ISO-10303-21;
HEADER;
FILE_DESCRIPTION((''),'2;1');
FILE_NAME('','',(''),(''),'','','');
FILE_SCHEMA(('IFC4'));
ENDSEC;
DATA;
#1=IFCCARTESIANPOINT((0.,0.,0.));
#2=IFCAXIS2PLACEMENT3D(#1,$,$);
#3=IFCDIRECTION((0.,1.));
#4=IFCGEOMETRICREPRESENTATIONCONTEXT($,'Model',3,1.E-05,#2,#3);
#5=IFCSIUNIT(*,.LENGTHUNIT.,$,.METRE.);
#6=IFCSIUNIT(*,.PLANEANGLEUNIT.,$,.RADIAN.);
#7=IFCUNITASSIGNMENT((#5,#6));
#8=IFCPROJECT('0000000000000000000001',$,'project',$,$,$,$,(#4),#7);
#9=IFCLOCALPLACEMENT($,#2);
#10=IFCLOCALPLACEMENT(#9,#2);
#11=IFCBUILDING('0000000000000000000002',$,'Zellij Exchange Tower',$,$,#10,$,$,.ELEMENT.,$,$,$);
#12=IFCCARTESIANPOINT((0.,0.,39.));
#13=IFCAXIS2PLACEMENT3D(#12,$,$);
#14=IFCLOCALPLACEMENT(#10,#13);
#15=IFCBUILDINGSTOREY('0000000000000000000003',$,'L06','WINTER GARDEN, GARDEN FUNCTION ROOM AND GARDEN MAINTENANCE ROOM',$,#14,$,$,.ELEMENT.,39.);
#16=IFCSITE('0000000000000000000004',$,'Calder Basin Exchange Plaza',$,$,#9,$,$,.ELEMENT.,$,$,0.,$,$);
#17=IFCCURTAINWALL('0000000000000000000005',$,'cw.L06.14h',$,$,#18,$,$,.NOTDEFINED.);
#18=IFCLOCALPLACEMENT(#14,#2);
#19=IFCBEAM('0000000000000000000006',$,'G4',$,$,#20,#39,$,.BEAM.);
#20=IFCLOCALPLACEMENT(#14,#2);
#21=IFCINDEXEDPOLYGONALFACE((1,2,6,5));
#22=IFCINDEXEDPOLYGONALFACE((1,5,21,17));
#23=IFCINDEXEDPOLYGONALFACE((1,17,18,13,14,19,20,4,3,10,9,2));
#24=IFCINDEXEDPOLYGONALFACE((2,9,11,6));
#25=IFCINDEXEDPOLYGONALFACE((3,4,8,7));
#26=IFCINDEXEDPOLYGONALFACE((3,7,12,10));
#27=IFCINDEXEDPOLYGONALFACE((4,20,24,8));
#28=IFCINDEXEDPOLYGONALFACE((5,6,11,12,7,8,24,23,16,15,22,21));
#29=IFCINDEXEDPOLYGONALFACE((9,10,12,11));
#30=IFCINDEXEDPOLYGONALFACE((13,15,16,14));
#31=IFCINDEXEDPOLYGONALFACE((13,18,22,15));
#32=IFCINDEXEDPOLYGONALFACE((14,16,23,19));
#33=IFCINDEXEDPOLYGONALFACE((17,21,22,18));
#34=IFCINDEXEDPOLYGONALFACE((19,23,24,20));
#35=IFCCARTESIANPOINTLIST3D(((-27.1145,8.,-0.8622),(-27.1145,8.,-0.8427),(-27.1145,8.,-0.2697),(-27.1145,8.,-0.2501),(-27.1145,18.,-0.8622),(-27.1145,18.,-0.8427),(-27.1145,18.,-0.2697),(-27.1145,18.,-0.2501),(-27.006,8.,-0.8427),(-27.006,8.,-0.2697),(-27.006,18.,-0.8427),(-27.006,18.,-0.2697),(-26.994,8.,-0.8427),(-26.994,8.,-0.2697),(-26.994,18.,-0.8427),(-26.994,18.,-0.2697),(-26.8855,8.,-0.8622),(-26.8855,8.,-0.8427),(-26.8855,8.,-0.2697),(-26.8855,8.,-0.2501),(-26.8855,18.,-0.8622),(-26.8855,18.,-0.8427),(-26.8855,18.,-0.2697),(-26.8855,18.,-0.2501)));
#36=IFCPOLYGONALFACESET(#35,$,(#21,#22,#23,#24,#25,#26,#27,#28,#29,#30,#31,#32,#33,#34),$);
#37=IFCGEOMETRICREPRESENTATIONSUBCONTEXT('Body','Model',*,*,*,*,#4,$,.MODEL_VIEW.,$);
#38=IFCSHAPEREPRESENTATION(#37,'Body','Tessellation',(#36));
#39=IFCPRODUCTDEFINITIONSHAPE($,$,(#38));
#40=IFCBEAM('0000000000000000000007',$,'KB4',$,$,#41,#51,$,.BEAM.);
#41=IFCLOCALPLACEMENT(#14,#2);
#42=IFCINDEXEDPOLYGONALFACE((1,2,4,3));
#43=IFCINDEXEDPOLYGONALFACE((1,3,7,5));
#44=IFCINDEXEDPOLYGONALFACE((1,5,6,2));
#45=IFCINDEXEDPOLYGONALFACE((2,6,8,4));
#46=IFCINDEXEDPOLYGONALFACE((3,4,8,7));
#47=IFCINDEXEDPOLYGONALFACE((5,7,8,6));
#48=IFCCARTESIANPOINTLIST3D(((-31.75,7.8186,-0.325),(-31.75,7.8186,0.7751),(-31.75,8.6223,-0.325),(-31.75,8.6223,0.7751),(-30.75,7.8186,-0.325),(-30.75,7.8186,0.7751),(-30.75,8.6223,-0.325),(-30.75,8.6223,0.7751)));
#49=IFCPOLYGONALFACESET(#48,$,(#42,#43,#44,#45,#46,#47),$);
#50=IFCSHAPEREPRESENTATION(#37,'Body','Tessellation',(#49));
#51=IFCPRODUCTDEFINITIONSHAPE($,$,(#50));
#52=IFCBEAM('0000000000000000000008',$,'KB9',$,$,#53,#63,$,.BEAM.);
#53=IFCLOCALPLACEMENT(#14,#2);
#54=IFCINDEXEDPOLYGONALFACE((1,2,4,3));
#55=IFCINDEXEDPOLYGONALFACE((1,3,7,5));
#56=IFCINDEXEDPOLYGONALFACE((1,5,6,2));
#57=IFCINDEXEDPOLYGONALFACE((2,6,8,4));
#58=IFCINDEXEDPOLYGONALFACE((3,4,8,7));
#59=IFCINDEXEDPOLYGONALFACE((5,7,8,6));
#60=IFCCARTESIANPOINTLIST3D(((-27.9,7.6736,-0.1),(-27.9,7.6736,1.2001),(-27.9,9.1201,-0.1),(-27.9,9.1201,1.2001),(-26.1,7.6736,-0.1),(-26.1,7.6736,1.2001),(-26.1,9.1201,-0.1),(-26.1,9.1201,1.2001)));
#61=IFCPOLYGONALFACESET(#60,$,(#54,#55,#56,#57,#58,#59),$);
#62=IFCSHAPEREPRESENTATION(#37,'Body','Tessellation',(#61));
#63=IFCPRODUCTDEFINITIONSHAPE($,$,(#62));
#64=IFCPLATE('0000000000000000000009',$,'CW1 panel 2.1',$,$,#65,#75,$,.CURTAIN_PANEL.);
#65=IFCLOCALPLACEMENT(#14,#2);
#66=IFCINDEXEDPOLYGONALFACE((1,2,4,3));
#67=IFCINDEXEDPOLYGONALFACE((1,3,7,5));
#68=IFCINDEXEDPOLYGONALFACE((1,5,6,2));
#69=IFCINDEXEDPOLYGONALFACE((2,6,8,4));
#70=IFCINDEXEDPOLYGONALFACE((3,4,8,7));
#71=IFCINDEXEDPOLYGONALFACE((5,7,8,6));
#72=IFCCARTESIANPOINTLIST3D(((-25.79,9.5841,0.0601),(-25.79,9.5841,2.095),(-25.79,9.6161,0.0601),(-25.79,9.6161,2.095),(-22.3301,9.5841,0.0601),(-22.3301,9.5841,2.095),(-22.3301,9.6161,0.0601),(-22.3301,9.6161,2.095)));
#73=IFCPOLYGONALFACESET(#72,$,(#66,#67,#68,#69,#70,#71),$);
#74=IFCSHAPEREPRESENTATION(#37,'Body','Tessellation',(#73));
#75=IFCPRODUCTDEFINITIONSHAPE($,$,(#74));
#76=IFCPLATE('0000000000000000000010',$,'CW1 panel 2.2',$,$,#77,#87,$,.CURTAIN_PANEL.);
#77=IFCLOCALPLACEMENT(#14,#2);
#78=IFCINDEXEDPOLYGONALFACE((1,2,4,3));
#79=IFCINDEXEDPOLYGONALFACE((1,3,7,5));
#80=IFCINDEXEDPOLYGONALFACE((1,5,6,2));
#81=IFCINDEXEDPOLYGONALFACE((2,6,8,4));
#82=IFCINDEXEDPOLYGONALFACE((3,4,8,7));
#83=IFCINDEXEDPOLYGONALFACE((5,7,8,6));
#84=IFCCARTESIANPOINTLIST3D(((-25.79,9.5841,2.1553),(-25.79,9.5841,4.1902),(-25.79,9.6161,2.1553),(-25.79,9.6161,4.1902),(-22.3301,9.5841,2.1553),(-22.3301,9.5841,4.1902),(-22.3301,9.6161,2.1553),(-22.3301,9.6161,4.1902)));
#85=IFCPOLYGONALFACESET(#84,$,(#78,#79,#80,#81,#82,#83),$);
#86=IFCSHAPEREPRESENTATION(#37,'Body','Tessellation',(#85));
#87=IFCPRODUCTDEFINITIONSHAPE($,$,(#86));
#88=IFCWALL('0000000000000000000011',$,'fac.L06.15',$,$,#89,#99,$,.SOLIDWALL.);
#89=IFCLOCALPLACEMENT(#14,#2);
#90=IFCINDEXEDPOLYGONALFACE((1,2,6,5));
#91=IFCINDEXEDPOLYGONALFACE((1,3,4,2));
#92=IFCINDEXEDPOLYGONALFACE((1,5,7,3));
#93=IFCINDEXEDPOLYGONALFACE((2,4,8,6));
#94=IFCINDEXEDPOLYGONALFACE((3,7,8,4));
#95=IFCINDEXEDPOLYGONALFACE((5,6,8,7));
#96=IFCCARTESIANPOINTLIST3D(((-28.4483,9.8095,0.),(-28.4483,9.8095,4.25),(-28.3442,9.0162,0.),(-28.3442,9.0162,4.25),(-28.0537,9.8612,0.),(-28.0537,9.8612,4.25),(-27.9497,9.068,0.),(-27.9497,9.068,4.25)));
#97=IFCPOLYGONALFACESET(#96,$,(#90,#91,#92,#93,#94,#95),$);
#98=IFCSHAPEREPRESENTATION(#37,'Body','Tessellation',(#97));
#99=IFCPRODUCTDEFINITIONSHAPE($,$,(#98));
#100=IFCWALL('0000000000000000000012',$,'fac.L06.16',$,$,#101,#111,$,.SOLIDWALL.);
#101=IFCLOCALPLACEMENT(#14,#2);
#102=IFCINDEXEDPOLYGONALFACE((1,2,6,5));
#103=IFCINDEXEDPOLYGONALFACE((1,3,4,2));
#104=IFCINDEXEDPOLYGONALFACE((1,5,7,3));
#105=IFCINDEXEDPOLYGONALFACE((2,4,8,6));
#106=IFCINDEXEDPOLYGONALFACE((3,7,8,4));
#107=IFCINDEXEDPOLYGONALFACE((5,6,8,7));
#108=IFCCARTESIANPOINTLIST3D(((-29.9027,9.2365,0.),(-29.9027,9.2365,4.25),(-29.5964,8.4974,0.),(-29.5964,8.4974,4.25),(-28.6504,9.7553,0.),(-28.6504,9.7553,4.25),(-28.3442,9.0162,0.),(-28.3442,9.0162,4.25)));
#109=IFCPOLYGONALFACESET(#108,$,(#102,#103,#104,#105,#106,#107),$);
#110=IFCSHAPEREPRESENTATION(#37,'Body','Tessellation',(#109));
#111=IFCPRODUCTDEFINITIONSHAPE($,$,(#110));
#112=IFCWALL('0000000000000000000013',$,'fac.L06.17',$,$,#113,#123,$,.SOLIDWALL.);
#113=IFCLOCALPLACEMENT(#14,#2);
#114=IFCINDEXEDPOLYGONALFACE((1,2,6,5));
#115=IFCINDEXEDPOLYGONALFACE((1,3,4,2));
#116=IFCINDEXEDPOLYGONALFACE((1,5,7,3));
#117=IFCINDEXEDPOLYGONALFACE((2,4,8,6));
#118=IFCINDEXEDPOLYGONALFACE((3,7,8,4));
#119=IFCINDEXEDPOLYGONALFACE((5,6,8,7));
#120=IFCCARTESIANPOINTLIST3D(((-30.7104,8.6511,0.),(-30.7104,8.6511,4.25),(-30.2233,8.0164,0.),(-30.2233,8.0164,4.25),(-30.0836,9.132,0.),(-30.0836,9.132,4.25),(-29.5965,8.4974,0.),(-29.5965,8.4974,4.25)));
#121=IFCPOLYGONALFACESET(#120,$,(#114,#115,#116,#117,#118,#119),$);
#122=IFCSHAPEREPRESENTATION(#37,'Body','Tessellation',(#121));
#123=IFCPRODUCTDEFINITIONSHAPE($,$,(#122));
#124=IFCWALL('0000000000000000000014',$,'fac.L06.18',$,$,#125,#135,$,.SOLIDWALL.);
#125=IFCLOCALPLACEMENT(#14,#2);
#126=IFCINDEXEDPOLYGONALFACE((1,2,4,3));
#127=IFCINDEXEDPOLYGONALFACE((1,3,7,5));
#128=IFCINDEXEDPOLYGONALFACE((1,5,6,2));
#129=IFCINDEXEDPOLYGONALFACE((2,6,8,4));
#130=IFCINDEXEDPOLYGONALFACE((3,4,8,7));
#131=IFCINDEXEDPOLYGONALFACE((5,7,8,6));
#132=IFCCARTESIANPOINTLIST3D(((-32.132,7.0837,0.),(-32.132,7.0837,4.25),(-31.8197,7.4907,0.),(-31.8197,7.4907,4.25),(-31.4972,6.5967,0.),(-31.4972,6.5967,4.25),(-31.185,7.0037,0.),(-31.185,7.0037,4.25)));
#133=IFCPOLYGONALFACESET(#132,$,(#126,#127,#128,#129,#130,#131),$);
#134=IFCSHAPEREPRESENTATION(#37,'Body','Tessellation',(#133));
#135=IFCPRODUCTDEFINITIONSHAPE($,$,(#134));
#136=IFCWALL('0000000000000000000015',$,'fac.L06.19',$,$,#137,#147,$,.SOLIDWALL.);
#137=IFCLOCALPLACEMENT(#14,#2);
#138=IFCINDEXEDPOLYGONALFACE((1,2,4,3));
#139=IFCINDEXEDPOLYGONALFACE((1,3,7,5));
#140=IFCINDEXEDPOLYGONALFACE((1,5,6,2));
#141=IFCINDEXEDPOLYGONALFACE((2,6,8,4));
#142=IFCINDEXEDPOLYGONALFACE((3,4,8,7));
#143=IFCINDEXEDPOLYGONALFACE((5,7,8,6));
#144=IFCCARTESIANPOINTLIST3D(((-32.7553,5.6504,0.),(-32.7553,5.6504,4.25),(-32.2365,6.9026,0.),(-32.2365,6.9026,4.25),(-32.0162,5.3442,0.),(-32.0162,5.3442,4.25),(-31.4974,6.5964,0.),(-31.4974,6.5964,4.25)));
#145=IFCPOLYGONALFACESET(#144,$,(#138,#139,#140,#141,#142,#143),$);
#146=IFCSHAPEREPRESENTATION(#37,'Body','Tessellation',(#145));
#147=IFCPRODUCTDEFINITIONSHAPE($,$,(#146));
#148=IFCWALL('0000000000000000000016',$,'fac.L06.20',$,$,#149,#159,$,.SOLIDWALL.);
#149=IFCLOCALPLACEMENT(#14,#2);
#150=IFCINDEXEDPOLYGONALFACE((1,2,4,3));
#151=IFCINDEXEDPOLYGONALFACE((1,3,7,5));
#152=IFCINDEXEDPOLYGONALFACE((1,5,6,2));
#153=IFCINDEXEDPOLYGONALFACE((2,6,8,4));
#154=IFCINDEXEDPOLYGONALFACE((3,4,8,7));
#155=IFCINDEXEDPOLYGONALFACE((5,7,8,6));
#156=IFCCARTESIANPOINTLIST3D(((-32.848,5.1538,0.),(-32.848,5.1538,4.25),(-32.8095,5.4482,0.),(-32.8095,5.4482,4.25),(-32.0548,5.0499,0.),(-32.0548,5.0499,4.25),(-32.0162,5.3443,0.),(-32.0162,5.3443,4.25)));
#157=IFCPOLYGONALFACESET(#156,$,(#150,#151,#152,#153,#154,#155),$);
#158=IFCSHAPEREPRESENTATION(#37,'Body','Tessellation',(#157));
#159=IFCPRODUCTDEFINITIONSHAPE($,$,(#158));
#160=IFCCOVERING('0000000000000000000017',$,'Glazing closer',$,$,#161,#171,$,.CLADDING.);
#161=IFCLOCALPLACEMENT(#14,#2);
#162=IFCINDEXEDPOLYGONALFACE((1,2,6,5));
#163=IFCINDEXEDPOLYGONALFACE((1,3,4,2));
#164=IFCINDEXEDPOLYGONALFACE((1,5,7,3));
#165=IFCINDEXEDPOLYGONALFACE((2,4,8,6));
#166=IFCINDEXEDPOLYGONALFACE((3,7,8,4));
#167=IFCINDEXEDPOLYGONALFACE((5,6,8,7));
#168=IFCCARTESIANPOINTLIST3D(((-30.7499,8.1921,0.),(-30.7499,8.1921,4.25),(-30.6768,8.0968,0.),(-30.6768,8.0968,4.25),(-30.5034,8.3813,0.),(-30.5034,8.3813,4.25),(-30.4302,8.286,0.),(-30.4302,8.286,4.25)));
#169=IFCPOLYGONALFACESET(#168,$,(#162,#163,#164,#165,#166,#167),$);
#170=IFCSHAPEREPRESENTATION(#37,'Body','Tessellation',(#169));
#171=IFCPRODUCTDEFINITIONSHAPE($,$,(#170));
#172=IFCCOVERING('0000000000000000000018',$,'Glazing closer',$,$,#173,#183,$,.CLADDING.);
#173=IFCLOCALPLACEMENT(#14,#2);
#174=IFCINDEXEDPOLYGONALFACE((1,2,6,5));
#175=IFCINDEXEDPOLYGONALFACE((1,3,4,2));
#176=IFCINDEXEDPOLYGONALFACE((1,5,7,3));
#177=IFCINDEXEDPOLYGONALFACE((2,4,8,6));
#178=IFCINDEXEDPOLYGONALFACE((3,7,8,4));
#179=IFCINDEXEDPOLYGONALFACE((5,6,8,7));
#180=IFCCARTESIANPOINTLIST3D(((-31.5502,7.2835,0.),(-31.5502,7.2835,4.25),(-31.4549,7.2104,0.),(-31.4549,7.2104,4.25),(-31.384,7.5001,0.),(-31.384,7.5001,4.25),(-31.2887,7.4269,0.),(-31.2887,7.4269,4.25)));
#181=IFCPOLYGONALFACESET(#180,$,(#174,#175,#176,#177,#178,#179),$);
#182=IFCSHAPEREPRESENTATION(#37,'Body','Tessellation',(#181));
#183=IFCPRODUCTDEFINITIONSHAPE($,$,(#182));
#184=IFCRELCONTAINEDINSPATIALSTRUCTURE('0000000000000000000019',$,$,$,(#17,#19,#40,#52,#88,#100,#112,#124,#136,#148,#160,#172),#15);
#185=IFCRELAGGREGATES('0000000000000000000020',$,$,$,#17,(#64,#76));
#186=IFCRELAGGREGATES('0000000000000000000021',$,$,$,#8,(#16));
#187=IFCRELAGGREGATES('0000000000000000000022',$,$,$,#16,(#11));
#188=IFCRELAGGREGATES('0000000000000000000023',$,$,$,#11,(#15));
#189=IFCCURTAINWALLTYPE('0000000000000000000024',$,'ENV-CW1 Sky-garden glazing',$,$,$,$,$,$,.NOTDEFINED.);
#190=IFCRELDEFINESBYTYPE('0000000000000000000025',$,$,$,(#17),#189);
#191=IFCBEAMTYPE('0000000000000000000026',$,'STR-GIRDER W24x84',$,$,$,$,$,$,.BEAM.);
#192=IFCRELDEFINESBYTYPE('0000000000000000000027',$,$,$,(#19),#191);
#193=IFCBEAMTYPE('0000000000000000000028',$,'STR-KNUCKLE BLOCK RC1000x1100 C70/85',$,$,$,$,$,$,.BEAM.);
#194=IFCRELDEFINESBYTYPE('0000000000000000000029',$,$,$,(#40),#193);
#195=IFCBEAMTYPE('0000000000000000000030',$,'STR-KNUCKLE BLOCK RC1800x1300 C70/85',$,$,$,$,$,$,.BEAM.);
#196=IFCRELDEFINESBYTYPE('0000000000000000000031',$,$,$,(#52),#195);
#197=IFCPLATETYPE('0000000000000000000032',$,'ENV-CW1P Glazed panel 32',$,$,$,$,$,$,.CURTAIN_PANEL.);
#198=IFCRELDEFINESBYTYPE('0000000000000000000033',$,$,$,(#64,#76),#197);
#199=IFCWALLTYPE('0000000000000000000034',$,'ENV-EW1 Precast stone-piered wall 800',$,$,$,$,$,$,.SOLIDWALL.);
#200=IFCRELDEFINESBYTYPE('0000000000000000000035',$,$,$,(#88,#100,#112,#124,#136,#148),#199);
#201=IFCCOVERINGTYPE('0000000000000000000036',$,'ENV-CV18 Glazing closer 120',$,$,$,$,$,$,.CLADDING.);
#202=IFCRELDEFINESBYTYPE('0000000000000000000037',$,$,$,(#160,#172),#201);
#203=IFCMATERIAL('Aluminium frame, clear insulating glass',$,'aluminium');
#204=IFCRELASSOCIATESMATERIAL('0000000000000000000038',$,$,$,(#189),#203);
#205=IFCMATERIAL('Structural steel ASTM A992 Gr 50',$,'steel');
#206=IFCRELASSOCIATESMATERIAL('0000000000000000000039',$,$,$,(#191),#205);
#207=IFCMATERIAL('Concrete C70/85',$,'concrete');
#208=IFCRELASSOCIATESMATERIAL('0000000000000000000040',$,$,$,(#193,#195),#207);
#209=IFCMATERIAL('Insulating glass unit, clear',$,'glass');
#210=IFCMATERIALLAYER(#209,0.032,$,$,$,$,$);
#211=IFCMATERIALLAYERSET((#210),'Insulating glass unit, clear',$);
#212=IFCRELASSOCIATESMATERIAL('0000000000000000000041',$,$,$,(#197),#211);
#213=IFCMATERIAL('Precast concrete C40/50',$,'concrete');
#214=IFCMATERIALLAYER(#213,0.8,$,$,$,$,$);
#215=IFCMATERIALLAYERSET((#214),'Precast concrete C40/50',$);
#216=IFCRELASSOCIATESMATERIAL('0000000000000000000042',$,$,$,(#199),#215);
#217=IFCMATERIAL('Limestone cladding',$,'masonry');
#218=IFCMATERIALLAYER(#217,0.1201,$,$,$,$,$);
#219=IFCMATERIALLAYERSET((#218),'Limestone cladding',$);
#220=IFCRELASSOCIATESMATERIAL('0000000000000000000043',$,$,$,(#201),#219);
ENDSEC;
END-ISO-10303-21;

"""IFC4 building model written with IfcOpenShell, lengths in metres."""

from ifc_helpers import new_model, si_unit, direction, frame, frame_2d, origin, origin_2d, place, context, subcontext, project, spatial, rectangle, i_section, extrude, material, layer, layer_set, material_profile, profile_set, type_object, element, aggregate, save


model = new_model("IFC4")

# Units and contexts
model_context = context("Model", 3, precision=1e-05, world=origin(), true_north=direction((0.0, 1.0)))
body_context = subcontext(model_context, "Body", "Model", "MODEL_VIEW")
ifc_project = project(units=[si_unit("LENGTHUNIT", "METRE"), si_unit("PLANEANGLEUNIT", "RADIAN")], contexts=[model_context])

# Site, building, storey
site_placement = place(None, origin())
site = spatial("IfcSite", under=ifc_project, at=site_placement, Name="Calder Basin Exchange Plaza", CompositionType="ELEMENT", RefElevation=0.0)
building_placement = place(site_placement, origin())
building = spatial("IfcBuilding", under=site, at=building_placement, Name="Zellij Exchange Tower", CompositionType="ELEMENT")
storey_placement = place(building_placement, frame((0.0, 0.0, 39.0)))
storey = spatial("IfcBuildingStorey", under=building, at=storey_placement, Name="L06", Description="WINTER GARDEN, GARDEN FUNCTION ROOM AND GARDEN MAINTENANCE ROOM", CompositionType="ELEMENT", Elevation=39.0)

# Shared definitions
ifc_material_1 = material(Name="Concrete C70/85", Category="concrete")

# Curtain wall
ifc_material_2 = material(Name="Aluminium frame, clear insulating glass", Category="aluminium")
curtain_wall_type = type_object("IfcCurtainWallType", Name="ENV-CW1 Sky-garden glazing", PredefinedType="NOTDEFINED", material=ifc_material_2)
curtain_wall_1_placement = place(storey_placement, origin())
curtain_wall_1 = element("IfcCurtainWall", 1, at=curtain_wall_1_placement, inside=storey, type_object=curtain_wall_type, Name="cw.L06.14h", PredefinedType="NOTDEFINED")

# Beams
ifc_material_3 = material(Name="Structural steel ASTM A992 Gr 50", Category="steel")
ifc_material_profile_1 = material_profile(ifc_material_3, i_section(OverallWidth=0.229, OverallDepth=0.6121, WebThickness=0.012, FlangeThickness=0.0195, at=origin_2d()), Name="W24x84")
ifc_profile_set_1 = profile_set([ifc_material_profile_1], Name="Structural steel ASTM A992 Gr 50")
beam_type_1 = type_object("IfcBeamType", Name="STR-GIRDER W24x84", PredefinedType="BEAM", material=ifc_profile_set_1)
beam_1_placement = place(storey_placement, frame((-27.0, 8.0, -0.5562), z_axis=(0.0, 1.0, 0.0), x_axis=(-1.0, 0.0, 0.0)))
element("IfcBeam", 2, at=beam_1_placement, inside=storey, type_object=beam_type_1, Name="G4", PredefinedType="BEAM", context=body_context, shape_type="SweptSolid", body=[
    extrude(i_section(OverallWidth=0.229, OverallDepth=0.6121, WebThickness=0.012, FlangeThickness=0.0195, at=origin_2d()), origin(), (0.0, 0.0, 1.0), 10.0),
])
ifc_material_profile_2 = material_profile(ifc_material_1, rectangle(XDim=1.0, YDim=1.1001, at=origin_2d()), Name="STR-KNUCKLE BLOCK RC1000x1100 C70/85")
ifc_profile_set_2 = profile_set([ifc_material_profile_2], Name="Concrete C70/85")
beam_type_2 = type_object("IfcBeamType", Name="STR-KNUCKLE BLOCK RC1000x1100 C70/85", PredefinedType="BEAM", material=ifc_profile_set_2)
beam_2_placement = place(storey_placement, frame((-31.25, 7.8186, 0.2251), z_axis=(0.0, 1.0, 0.0), x_axis=(-1.0, 0.0, 0.0)))
element("IfcBeam", 3, at=beam_2_placement, inside=storey, type_object=beam_type_2, Name="KB4", PredefinedType="BEAM", context=body_context, shape_type="SweptSolid", body=[
    extrude(rectangle(XDim=1.0, YDim=1.1001, at=origin_2d()), origin(), (0.0, 0.0, 1.0), 0.8037),
])
ifc_material_profile_3 = material_profile(ifc_material_1, rectangle(XDim=1.8, YDim=1.3, at=origin_2d()), Name="STR-KNUCKLE BLOCK RC1800x1300 C70/85")
ifc_profile_set_3 = profile_set([ifc_material_profile_3], Name="Concrete C70/85")
beam_type_3 = type_object("IfcBeamType", Name="STR-KNUCKLE BLOCK RC1800x1300 C70/85", PredefinedType="BEAM", material=ifc_profile_set_3)
beam_3_placement = place(storey_placement, frame((-27.0, 7.6736, 0.55), z_axis=(0.0, 1.0, 0.0), x_axis=(-1.0, 0.0, 0.0)))
element("IfcBeam", 4, at=beam_3_placement, inside=storey, type_object=beam_type_3, Name="KB9", PredefinedType="BEAM", context=body_context, shape_type="SweptSolid", body=[
    extrude(rectangle(XDim=1.8, YDim=1.3, at=origin_2d()), origin(), (0.0, 0.0, 1.0), 1.4465),
])

# Plates
ifc_material_4 = material(Name="Insulating glass unit, clear", Category="glass")
ifc_layer_1 = layer(ifc_material_4, 0.032)
ifc_layer_set_1 = layer_set([ifc_layer_1], Name="Insulating glass unit, clear")
plate_type = type_object("IfcPlateType", Name="ENV-CW1P Glazed panel 32", PredefinedType="CURTAIN_PANEL", material=ifc_layer_set_1)
plate_1_placement = place(storey_placement, frame((-24.0601, 9.6001, 0.0601), z_axis=(0.0, 0.0, 1.0), x_axis=(-1.0, 0.0, 0.0)))
plate_1 = element("IfcPlate", 5, at=plate_1_placement, type_object=plate_type, Name="CW1 panel 2.1", PredefinedType="CURTAIN_PANEL", context=body_context, shape_type="SweptSolid", body=[
    extrude(rectangle(XDim=3.46, YDim=0.032, at=origin_2d()), origin(), (0.0, 0.0, 1.0), 2.0349),
])
plate_2_placement = place(storey_placement, frame((-24.0601, 9.6001, 2.1553), z_axis=(0.0, 0.0, 1.0), x_axis=(-1.0, 0.0, 0.0)))
plate_2 = element("IfcPlate", 6, at=plate_2_placement, type_object=plate_type, Name="CW1 panel 2.2", PredefinedType="CURTAIN_PANEL", context=body_context, shape_type="SweptSolid", body=[
    extrude(rectangle(XDim=3.46, YDim=0.032, at=origin_2d()), origin(), (0.0, 0.0, 1.0), 2.0349),
])
aggregate(curtain_wall_1, [plate_1, plate_2])

# Walls
ifc_material_5 = material(Name="Precast concrete C40/50", Category="concrete")
ifc_layer_2 = layer(ifc_material_5, 0.8)
ifc_layer_set_2 = layer_set([ifc_layer_2], Name="Precast concrete C40/50")
wall_type = type_object("IfcWallType", Name="ENV-EW1 Precast stone-piered wall 800", PredefinedType="SOLIDWALL", material=ifc_layer_set_2)
wall_1_placement = place(storey_placement, frame((-28.0017, 9.4646, 0.0), z_axis=(0.0, 0.0, 1.0), x_axis=(-0.991504, -0.130074, 0.0)))
element("IfcWall", 7, at=wall_1_placement, inside=storey, type_object=wall_type, Name="fac.L06.15", PredefinedType="SOLIDWALL", context=body_context, shape_type="SweptSolid", body=[
    extrude(rectangle(XDim=0.3979, YDim=0.8, at=frame_2d((0.199, 0.0))), origin(), (0.0, 0.0, 1.0), 4.25),
])
wall_2_placement = place(storey_placement, frame((-28.4973, 9.3857, 0.0), z_axis=(0.0, 0.0, 1.0), x_axis=(-0.923848, -0.38276, 0.0)))
element("IfcWall", 8, at=wall_2_placement, inside=storey, type_object=wall_type, Name="fac.L06.16", PredefinedType="SOLIDWALL", context=body_context, shape_type="SweptSolid", body=[
    extrude(rectangle(XDim=1.3555, YDim=0.8, at=frame_2d((0.6777, 0.0))), origin(), (0.0, 0.0, 1.0), 4.25),
])
wall_3_placement = place(storey_placement, frame((-29.8401, 8.8147, 0.0), z_axis=(0.0, 0.0, 1.0), x_axis=(-0.793313, -0.608814, 0.0)))
element("IfcWall", 9, at=wall_3_placement, inside=storey, type_object=wall_type, Name="fac.L06.17", PredefinedType="SOLIDWALL", context=body_context, shape_type="SweptSolid", body=[
    extrude(rectangle(XDim=0.79, YDim=0.8, at=frame_2d((0.395, 0.0))), origin(), (0.0, 0.0, 1.0), 4.25),
])
wall_4_placement = place(storey_placement, frame((-31.5024, 7.2471, 0.0), z_axis=(0.0, 0.0, 1.0), x_axis=(-0.608721, -0.793384, 0.0)))
element("IfcWall", 10, at=wall_4_placement, inside=storey, type_object=wall_type, Name="fac.L06.18", PredefinedType="SOLIDWALL", context=body_context, shape_type="SweptSolid", body=[
    extrude(rectangle(XDim=0.5129, YDim=0.8, at=frame_2d((0.2563, 0.0))), origin(), (0.0, 0.0, 1.0), 4.25),
])
wall_5_placement = place(storey_placement, frame((-31.8669, 6.7495, 0.0), z_axis=(0.0, 0.0, 1.0), x_axis=(-0.38276, -0.923848, 0.0)))
element("IfcWall", 11, at=wall_5_placement, inside=storey, type_object=wall_type, Name="fac.L06.19", PredefinedType="SOLIDWALL", context=body_context, shape_type="SweptSolid", body=[
    extrude(rectangle(XDim=1.3555, YDim=0.8, at=frame_2d((0.6777, 0.0))), origin(), (0.0, 0.0, 1.0), 4.25),
])
wall_6_placement = place(storey_placement, frame((-32.4128, 5.3962, 0.0), z_axis=(0.0, 0.0, 1.0), x_axis=(-0.129902, -0.991527, 0.0)))
element("IfcWall", 12, at=wall_6_placement, inside=storey, type_object=wall_type, Name="fac.L06.20", PredefinedType="SOLIDWALL", context=body_context, shape_type="SweptSolid", body=[
    extrude(rectangle(XDim=0.2969, YDim=0.8, at=frame_2d((0.1484, 0.0))), origin(), (0.0, 0.0, 1.0), 4.25),
])

# Coverings
ifc_material_6 = material(Name="Limestone cladding", Category="masonry")
ifc_layer_3 = layer(ifc_material_6, 0.1201)
ifc_layer_set_3 = layer_set([ifc_layer_3], Name="Limestone cladding")
covering_type_1 = type_object("IfcCoveringType", Name="ENV-CV18 Glazing closer 120", PredefinedType="CLADDING", material=ifc_layer_set_3)
covering_1_placement = place(storey_placement, frame((-30.5901, 8.239, 0.0), z_axis=(0.0, 0.0, 1.0), x_axis=(-0.793316, -0.60881, 0.0)))
element("IfcCovering", 13, at=covering_1_placement, inside=storey, type_object=covering_type_1, Name="Glazing closer", PredefinedType="CLADDING", context=body_context, shape_type="SweptSolid", body=[
    extrude(rectangle(XDim=0.3108, YDim=0.1201, at=origin_2d()), origin(), (0.0, 0.0, 1.0), 4.25),
])
covering_2_placement = place(storey_placement, frame((-31.4194, 7.3552, 0.0), z_axis=(0.0, 0.0, 1.0), x_axis=(0.60881, 0.793316, 0.0)))
element("IfcCovering", 14, at=covering_2_placement, inside=storey, type_object=covering_type_1, Name="Glazing closer", PredefinedType="CLADDING", context=body_context, shape_type="SweptSolid", body=[
    extrude(rectangle(XDim=0.2729, YDim=0.1201, at=origin_2d()), origin(), (0.0, 0.0, 1.0), 4.25),
])

save(model, "model.ifc")
